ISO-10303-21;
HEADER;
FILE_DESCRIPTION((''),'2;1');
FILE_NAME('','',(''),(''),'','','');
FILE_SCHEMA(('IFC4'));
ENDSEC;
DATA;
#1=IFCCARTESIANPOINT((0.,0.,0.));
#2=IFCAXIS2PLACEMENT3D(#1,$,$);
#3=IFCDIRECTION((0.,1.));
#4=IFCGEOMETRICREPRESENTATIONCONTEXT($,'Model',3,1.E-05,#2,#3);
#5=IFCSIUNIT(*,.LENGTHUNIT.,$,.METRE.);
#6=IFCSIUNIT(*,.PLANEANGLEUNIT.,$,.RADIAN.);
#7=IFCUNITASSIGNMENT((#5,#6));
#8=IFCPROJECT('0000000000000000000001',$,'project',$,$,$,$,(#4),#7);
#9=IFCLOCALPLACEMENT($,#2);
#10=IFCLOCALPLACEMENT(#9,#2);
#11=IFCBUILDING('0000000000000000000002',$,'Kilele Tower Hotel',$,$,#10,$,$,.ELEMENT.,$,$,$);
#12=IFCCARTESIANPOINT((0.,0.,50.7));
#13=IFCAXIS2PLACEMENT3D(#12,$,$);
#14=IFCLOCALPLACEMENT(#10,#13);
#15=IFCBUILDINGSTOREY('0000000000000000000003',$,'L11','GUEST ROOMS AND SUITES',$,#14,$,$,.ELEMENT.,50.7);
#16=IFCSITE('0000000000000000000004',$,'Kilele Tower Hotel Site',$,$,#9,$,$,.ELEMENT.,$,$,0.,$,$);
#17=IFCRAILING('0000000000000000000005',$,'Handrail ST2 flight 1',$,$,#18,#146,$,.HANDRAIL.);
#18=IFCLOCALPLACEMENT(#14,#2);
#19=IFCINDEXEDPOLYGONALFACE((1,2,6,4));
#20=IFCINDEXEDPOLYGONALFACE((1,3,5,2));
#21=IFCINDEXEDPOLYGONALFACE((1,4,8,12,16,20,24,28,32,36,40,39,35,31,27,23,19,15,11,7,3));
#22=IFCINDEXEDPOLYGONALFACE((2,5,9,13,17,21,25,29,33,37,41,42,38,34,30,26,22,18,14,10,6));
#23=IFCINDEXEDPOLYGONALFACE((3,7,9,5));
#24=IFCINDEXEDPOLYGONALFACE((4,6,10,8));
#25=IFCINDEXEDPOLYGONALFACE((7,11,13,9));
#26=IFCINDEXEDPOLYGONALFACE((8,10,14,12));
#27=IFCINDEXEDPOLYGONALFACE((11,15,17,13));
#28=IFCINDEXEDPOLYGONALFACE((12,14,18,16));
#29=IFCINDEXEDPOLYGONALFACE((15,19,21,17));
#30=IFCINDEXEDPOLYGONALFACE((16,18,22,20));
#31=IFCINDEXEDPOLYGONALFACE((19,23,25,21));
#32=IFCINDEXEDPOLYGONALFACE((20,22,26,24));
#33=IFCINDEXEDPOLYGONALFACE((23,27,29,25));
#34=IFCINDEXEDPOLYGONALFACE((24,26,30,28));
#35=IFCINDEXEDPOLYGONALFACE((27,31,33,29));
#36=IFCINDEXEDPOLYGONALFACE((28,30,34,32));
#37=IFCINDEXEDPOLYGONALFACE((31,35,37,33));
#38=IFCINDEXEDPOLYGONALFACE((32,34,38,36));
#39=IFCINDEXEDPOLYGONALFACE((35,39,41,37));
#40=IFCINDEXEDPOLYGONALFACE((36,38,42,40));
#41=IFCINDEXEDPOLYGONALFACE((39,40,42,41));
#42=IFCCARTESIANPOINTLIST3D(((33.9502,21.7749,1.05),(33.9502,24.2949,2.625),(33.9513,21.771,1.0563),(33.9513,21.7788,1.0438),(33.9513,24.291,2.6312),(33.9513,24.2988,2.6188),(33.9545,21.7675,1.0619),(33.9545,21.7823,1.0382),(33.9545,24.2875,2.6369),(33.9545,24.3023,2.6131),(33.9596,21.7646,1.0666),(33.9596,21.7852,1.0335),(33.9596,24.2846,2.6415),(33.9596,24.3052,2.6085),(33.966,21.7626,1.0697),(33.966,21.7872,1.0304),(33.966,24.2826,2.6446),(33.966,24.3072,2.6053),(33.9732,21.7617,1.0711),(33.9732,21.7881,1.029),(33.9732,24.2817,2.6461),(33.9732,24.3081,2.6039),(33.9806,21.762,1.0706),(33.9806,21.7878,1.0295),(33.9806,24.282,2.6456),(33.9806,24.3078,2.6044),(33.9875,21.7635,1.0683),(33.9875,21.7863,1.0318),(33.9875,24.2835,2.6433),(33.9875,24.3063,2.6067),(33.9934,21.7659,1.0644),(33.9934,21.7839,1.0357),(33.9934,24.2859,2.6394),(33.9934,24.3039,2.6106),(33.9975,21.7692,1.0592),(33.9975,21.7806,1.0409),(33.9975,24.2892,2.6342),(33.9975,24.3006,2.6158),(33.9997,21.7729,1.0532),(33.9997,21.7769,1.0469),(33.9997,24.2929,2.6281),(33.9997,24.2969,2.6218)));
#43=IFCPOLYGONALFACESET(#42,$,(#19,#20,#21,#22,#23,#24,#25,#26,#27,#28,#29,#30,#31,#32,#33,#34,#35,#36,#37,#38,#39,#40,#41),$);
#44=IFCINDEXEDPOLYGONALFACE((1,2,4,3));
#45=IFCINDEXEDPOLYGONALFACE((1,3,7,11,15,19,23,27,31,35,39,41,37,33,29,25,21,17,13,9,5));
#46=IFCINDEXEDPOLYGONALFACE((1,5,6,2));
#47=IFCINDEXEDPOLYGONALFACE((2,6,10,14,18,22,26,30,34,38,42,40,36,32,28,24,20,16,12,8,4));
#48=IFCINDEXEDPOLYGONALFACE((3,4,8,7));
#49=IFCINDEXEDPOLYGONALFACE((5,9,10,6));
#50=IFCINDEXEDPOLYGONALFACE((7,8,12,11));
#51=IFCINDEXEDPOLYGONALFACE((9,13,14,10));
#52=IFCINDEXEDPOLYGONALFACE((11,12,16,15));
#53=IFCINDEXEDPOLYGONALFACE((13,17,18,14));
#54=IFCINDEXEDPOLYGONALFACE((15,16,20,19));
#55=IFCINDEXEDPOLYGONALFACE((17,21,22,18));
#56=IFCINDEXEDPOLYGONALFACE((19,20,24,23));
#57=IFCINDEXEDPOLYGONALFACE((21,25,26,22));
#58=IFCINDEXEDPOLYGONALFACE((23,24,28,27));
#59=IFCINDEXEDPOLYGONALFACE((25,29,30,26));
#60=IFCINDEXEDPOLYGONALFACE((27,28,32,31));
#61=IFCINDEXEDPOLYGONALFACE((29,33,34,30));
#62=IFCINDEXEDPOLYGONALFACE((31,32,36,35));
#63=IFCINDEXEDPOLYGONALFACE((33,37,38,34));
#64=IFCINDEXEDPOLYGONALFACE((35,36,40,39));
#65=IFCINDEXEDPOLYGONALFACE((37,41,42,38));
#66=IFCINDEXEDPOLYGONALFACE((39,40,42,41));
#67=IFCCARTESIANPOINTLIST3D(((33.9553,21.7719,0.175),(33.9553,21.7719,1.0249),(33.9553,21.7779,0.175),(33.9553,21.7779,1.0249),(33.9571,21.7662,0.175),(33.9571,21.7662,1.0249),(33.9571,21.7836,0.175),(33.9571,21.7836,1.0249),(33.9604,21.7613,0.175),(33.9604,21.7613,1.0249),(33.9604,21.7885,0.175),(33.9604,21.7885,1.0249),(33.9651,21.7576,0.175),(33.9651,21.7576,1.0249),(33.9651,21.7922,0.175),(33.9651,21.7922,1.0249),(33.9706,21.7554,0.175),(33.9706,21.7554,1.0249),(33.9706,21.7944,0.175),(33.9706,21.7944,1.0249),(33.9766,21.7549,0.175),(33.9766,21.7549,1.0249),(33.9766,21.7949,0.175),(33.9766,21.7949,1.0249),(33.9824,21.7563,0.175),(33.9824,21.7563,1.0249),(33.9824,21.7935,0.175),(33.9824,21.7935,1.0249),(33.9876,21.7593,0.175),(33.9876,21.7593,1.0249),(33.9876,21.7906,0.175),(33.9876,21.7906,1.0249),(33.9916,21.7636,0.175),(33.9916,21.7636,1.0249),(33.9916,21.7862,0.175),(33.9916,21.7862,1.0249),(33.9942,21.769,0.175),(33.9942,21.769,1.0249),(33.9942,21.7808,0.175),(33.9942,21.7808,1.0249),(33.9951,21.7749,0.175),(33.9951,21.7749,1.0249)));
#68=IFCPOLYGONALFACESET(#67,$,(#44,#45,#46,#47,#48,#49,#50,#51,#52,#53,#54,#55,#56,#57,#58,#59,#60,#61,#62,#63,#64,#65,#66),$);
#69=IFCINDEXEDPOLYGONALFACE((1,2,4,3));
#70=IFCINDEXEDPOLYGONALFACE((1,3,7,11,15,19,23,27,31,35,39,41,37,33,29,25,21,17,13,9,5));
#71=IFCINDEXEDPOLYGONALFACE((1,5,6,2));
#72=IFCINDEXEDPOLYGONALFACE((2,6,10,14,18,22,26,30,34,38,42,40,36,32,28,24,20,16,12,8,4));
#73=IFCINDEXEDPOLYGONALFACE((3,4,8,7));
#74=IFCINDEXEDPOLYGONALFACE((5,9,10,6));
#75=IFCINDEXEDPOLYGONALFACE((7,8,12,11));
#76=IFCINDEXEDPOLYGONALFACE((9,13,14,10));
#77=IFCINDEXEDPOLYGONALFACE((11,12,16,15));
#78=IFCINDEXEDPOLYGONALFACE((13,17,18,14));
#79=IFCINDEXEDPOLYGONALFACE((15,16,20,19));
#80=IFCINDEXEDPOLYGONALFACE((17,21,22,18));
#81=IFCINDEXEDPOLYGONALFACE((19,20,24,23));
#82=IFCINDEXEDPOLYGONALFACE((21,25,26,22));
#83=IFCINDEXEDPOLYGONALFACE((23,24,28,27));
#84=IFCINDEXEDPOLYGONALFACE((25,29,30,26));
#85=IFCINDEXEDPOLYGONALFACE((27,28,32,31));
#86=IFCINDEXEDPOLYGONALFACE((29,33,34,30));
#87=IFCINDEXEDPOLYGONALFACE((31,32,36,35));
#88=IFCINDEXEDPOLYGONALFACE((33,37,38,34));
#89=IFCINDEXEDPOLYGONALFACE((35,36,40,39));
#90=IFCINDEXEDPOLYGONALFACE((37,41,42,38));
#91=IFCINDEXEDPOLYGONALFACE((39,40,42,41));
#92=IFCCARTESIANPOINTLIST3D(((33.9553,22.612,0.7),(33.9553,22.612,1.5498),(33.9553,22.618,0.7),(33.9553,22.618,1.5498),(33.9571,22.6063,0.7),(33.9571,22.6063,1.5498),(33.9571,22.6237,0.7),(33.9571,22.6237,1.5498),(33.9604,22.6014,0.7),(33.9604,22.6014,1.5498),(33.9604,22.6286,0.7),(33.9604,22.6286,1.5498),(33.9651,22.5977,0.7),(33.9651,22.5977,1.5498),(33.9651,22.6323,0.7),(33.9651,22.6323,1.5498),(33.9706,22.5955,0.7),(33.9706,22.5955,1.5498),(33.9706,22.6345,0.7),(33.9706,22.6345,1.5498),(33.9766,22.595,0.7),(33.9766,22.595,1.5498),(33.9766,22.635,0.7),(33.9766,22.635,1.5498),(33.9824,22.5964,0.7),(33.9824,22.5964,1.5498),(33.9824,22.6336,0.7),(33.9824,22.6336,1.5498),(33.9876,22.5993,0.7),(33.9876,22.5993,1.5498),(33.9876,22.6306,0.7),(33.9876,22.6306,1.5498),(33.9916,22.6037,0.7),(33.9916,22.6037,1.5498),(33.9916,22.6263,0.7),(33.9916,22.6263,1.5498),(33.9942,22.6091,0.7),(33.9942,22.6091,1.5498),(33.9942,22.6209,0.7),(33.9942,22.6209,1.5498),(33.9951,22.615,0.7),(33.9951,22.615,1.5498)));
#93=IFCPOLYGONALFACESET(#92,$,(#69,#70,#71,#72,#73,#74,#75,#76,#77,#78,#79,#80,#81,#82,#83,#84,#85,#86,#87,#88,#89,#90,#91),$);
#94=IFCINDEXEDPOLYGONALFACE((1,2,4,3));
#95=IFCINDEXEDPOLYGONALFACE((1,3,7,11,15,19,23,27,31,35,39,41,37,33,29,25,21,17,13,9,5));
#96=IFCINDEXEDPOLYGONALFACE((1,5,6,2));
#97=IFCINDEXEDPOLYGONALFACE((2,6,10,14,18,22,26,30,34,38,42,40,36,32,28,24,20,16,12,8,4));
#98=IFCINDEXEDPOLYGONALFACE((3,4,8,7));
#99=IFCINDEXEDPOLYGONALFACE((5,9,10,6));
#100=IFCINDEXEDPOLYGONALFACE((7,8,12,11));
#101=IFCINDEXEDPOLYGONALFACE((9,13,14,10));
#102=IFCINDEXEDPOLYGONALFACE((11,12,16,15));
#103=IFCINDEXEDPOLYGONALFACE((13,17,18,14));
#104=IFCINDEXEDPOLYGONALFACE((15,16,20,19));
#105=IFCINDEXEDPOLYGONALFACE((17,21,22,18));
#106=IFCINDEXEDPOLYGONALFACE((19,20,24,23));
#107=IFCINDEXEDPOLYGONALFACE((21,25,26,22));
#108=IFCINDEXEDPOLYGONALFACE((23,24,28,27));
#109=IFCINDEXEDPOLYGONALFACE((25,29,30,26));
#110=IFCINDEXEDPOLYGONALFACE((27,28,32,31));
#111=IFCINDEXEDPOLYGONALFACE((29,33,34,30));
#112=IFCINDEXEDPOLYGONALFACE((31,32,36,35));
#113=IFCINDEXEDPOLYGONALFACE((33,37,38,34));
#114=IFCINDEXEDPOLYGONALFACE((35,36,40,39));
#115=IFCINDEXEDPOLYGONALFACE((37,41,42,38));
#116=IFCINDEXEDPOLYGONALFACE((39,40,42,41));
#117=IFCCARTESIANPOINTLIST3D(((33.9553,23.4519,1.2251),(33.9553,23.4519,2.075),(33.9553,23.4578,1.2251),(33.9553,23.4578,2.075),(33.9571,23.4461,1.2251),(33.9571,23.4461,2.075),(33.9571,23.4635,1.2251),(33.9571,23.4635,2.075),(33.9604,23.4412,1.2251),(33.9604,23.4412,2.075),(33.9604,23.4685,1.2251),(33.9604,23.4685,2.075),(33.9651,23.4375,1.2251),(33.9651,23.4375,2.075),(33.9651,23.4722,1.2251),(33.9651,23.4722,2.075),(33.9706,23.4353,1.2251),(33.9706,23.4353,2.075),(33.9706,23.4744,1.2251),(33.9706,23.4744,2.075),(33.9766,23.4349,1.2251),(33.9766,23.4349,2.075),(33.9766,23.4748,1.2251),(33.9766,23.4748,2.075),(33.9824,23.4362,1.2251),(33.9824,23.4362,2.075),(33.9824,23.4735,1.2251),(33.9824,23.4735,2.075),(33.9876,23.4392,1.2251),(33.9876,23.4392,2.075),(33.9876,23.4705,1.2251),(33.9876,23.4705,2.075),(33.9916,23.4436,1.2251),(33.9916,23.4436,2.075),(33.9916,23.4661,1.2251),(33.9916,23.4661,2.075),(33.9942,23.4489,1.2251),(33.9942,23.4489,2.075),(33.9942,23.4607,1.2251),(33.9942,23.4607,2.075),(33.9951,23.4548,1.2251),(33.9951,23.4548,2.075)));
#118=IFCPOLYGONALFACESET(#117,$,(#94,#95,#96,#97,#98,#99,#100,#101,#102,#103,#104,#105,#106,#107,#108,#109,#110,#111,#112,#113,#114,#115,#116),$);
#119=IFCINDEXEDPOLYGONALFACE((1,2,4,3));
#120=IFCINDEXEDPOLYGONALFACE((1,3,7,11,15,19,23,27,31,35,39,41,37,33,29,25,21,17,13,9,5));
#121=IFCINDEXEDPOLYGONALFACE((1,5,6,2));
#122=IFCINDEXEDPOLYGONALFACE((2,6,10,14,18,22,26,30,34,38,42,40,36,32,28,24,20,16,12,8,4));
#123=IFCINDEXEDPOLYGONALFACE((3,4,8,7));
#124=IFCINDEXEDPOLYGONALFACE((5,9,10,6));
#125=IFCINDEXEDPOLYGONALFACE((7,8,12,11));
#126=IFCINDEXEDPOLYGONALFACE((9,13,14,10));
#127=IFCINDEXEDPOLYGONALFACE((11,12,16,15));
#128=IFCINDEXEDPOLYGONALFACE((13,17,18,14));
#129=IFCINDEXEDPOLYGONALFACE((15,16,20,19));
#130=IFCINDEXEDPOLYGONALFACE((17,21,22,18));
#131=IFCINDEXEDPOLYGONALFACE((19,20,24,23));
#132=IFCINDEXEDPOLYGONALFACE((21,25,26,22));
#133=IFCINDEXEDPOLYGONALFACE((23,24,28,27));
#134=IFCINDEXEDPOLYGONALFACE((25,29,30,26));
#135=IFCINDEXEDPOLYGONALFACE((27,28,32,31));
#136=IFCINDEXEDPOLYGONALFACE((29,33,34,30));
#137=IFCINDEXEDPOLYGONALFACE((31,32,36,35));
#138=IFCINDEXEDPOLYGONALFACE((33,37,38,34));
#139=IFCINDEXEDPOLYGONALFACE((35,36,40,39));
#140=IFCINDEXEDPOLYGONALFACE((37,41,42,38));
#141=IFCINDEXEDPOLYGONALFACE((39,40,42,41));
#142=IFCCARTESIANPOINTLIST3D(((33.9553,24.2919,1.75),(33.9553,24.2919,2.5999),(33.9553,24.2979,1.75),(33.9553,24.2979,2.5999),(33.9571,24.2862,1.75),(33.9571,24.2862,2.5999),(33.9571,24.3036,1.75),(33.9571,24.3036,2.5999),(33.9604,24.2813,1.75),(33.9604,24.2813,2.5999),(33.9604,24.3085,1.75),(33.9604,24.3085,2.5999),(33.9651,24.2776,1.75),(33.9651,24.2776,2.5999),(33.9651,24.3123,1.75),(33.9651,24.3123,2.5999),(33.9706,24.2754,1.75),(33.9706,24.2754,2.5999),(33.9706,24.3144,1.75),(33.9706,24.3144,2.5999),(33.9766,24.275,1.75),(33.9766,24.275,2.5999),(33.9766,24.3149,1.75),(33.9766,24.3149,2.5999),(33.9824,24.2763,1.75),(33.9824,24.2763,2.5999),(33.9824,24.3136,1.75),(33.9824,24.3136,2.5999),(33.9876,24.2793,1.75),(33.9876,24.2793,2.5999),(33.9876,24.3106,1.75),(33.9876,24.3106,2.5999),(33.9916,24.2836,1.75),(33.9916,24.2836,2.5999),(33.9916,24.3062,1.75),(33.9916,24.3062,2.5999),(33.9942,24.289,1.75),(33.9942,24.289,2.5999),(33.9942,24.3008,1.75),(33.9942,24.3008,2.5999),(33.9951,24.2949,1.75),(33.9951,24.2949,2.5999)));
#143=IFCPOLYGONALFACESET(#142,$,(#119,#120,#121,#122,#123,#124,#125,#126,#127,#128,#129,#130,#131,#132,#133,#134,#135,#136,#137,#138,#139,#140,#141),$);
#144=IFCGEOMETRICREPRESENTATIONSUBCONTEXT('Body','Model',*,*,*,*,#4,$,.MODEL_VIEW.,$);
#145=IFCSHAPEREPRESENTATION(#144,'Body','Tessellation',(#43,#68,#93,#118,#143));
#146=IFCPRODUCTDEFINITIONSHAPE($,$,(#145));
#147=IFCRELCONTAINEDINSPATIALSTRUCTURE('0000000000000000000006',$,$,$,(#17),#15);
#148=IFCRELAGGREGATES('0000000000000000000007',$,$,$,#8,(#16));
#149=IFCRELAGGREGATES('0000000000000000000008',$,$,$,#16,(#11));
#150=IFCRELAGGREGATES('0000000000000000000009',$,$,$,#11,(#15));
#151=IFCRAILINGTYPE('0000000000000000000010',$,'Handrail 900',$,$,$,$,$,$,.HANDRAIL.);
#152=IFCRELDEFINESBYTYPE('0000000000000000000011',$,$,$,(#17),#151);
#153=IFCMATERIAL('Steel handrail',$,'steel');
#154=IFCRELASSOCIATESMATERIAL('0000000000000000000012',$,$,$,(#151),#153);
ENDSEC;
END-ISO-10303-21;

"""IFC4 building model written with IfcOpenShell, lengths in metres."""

from ifc_helpers import new_model, si_unit, direction, frame, origin, origin_2d, place, context, subcontext, project, spatial, circle, extrude, material, type_object, element, save


model = new_model("IFC4")

# Units and contexts
model_context = context("Model", 3, precision=1e-05, world=origin(), true_north=direction((0.0, 1.0)))
body_context = subcontext(model_context, "Body", "Model", "MODEL_VIEW")
ifc_project = project(units=[si_unit("LENGTHUNIT", "METRE"), si_unit("PLANEANGLEUNIT", "RADIAN")], contexts=[model_context])

# Site, building, storey
site_placement = place(None, origin())
site = spatial("IfcSite", under=ifc_project, at=site_placement, Name="Kilele Tower Hotel Site", CompositionType="ELEMENT", RefElevation=0.0)
building_placement = place(site_placement, origin())
building = spatial("IfcBuilding", under=site, at=building_placement, Name="Kilele Tower Hotel", CompositionType="ELEMENT")
storey_placement = place(building_placement, frame((0.0, 0.0, 50.7)))
storey = spatial("IfcBuildingStorey", under=building, at=storey_placement, Name="L11", Description="GUEST ROOMS AND SUITES", CompositionType="ELEMENT", Elevation=50.7)

# Railing
ifc_material_1 = material(Name="Steel handrail", Category="steel")
railing_type_1 = type_object("IfcRailingType", Name="Handrail 900", PredefinedType="HANDRAIL", material=ifc_material_1)
for number, where, name in (
    (1, (33.9751, 21.7749, 0.175), "Handrail ST2 flight 1"),
):
    element("IfcRailing", number, at=place(storey_placement, frame(where)), inside=storey, type_object=railing_type_1, Name=name, PredefinedType="HANDRAIL", context=body_context, shape_type="SweptSolid", body=[
        extrude(circle(Radius=0.0249, at=origin_2d()), frame((0.0, 0.0, 0.875), z_axis=(0.0, 0.848008, 0.529984), x_axis=(-1.0, 0.0, 0.0)), (0.0, 0.0, 1.0), 2.9717),
        extrude(circle(Radius=0.02, at=origin_2d()), origin(), (0.0, 0.0, 1.0), 0.8499),
        extrude(circle(Radius=0.02, at=origin_2d()), frame((0.0, 0.8401, 0.5249)), (0.0, 0.0, 1.0), 0.8499),
        extrude(circle(Radius=0.02, at=origin_2d()), frame((0.0, 1.6799, 1.05)), (0.0, 0.0, 1.0), 0.8499),
        extrude(circle(Radius=0.02, at=origin_2d()), frame((0.0, 2.52, 1.575)), (0.0, 0.0, 1.0), 0.8499),
    ])

save(model, "model.ifc")
